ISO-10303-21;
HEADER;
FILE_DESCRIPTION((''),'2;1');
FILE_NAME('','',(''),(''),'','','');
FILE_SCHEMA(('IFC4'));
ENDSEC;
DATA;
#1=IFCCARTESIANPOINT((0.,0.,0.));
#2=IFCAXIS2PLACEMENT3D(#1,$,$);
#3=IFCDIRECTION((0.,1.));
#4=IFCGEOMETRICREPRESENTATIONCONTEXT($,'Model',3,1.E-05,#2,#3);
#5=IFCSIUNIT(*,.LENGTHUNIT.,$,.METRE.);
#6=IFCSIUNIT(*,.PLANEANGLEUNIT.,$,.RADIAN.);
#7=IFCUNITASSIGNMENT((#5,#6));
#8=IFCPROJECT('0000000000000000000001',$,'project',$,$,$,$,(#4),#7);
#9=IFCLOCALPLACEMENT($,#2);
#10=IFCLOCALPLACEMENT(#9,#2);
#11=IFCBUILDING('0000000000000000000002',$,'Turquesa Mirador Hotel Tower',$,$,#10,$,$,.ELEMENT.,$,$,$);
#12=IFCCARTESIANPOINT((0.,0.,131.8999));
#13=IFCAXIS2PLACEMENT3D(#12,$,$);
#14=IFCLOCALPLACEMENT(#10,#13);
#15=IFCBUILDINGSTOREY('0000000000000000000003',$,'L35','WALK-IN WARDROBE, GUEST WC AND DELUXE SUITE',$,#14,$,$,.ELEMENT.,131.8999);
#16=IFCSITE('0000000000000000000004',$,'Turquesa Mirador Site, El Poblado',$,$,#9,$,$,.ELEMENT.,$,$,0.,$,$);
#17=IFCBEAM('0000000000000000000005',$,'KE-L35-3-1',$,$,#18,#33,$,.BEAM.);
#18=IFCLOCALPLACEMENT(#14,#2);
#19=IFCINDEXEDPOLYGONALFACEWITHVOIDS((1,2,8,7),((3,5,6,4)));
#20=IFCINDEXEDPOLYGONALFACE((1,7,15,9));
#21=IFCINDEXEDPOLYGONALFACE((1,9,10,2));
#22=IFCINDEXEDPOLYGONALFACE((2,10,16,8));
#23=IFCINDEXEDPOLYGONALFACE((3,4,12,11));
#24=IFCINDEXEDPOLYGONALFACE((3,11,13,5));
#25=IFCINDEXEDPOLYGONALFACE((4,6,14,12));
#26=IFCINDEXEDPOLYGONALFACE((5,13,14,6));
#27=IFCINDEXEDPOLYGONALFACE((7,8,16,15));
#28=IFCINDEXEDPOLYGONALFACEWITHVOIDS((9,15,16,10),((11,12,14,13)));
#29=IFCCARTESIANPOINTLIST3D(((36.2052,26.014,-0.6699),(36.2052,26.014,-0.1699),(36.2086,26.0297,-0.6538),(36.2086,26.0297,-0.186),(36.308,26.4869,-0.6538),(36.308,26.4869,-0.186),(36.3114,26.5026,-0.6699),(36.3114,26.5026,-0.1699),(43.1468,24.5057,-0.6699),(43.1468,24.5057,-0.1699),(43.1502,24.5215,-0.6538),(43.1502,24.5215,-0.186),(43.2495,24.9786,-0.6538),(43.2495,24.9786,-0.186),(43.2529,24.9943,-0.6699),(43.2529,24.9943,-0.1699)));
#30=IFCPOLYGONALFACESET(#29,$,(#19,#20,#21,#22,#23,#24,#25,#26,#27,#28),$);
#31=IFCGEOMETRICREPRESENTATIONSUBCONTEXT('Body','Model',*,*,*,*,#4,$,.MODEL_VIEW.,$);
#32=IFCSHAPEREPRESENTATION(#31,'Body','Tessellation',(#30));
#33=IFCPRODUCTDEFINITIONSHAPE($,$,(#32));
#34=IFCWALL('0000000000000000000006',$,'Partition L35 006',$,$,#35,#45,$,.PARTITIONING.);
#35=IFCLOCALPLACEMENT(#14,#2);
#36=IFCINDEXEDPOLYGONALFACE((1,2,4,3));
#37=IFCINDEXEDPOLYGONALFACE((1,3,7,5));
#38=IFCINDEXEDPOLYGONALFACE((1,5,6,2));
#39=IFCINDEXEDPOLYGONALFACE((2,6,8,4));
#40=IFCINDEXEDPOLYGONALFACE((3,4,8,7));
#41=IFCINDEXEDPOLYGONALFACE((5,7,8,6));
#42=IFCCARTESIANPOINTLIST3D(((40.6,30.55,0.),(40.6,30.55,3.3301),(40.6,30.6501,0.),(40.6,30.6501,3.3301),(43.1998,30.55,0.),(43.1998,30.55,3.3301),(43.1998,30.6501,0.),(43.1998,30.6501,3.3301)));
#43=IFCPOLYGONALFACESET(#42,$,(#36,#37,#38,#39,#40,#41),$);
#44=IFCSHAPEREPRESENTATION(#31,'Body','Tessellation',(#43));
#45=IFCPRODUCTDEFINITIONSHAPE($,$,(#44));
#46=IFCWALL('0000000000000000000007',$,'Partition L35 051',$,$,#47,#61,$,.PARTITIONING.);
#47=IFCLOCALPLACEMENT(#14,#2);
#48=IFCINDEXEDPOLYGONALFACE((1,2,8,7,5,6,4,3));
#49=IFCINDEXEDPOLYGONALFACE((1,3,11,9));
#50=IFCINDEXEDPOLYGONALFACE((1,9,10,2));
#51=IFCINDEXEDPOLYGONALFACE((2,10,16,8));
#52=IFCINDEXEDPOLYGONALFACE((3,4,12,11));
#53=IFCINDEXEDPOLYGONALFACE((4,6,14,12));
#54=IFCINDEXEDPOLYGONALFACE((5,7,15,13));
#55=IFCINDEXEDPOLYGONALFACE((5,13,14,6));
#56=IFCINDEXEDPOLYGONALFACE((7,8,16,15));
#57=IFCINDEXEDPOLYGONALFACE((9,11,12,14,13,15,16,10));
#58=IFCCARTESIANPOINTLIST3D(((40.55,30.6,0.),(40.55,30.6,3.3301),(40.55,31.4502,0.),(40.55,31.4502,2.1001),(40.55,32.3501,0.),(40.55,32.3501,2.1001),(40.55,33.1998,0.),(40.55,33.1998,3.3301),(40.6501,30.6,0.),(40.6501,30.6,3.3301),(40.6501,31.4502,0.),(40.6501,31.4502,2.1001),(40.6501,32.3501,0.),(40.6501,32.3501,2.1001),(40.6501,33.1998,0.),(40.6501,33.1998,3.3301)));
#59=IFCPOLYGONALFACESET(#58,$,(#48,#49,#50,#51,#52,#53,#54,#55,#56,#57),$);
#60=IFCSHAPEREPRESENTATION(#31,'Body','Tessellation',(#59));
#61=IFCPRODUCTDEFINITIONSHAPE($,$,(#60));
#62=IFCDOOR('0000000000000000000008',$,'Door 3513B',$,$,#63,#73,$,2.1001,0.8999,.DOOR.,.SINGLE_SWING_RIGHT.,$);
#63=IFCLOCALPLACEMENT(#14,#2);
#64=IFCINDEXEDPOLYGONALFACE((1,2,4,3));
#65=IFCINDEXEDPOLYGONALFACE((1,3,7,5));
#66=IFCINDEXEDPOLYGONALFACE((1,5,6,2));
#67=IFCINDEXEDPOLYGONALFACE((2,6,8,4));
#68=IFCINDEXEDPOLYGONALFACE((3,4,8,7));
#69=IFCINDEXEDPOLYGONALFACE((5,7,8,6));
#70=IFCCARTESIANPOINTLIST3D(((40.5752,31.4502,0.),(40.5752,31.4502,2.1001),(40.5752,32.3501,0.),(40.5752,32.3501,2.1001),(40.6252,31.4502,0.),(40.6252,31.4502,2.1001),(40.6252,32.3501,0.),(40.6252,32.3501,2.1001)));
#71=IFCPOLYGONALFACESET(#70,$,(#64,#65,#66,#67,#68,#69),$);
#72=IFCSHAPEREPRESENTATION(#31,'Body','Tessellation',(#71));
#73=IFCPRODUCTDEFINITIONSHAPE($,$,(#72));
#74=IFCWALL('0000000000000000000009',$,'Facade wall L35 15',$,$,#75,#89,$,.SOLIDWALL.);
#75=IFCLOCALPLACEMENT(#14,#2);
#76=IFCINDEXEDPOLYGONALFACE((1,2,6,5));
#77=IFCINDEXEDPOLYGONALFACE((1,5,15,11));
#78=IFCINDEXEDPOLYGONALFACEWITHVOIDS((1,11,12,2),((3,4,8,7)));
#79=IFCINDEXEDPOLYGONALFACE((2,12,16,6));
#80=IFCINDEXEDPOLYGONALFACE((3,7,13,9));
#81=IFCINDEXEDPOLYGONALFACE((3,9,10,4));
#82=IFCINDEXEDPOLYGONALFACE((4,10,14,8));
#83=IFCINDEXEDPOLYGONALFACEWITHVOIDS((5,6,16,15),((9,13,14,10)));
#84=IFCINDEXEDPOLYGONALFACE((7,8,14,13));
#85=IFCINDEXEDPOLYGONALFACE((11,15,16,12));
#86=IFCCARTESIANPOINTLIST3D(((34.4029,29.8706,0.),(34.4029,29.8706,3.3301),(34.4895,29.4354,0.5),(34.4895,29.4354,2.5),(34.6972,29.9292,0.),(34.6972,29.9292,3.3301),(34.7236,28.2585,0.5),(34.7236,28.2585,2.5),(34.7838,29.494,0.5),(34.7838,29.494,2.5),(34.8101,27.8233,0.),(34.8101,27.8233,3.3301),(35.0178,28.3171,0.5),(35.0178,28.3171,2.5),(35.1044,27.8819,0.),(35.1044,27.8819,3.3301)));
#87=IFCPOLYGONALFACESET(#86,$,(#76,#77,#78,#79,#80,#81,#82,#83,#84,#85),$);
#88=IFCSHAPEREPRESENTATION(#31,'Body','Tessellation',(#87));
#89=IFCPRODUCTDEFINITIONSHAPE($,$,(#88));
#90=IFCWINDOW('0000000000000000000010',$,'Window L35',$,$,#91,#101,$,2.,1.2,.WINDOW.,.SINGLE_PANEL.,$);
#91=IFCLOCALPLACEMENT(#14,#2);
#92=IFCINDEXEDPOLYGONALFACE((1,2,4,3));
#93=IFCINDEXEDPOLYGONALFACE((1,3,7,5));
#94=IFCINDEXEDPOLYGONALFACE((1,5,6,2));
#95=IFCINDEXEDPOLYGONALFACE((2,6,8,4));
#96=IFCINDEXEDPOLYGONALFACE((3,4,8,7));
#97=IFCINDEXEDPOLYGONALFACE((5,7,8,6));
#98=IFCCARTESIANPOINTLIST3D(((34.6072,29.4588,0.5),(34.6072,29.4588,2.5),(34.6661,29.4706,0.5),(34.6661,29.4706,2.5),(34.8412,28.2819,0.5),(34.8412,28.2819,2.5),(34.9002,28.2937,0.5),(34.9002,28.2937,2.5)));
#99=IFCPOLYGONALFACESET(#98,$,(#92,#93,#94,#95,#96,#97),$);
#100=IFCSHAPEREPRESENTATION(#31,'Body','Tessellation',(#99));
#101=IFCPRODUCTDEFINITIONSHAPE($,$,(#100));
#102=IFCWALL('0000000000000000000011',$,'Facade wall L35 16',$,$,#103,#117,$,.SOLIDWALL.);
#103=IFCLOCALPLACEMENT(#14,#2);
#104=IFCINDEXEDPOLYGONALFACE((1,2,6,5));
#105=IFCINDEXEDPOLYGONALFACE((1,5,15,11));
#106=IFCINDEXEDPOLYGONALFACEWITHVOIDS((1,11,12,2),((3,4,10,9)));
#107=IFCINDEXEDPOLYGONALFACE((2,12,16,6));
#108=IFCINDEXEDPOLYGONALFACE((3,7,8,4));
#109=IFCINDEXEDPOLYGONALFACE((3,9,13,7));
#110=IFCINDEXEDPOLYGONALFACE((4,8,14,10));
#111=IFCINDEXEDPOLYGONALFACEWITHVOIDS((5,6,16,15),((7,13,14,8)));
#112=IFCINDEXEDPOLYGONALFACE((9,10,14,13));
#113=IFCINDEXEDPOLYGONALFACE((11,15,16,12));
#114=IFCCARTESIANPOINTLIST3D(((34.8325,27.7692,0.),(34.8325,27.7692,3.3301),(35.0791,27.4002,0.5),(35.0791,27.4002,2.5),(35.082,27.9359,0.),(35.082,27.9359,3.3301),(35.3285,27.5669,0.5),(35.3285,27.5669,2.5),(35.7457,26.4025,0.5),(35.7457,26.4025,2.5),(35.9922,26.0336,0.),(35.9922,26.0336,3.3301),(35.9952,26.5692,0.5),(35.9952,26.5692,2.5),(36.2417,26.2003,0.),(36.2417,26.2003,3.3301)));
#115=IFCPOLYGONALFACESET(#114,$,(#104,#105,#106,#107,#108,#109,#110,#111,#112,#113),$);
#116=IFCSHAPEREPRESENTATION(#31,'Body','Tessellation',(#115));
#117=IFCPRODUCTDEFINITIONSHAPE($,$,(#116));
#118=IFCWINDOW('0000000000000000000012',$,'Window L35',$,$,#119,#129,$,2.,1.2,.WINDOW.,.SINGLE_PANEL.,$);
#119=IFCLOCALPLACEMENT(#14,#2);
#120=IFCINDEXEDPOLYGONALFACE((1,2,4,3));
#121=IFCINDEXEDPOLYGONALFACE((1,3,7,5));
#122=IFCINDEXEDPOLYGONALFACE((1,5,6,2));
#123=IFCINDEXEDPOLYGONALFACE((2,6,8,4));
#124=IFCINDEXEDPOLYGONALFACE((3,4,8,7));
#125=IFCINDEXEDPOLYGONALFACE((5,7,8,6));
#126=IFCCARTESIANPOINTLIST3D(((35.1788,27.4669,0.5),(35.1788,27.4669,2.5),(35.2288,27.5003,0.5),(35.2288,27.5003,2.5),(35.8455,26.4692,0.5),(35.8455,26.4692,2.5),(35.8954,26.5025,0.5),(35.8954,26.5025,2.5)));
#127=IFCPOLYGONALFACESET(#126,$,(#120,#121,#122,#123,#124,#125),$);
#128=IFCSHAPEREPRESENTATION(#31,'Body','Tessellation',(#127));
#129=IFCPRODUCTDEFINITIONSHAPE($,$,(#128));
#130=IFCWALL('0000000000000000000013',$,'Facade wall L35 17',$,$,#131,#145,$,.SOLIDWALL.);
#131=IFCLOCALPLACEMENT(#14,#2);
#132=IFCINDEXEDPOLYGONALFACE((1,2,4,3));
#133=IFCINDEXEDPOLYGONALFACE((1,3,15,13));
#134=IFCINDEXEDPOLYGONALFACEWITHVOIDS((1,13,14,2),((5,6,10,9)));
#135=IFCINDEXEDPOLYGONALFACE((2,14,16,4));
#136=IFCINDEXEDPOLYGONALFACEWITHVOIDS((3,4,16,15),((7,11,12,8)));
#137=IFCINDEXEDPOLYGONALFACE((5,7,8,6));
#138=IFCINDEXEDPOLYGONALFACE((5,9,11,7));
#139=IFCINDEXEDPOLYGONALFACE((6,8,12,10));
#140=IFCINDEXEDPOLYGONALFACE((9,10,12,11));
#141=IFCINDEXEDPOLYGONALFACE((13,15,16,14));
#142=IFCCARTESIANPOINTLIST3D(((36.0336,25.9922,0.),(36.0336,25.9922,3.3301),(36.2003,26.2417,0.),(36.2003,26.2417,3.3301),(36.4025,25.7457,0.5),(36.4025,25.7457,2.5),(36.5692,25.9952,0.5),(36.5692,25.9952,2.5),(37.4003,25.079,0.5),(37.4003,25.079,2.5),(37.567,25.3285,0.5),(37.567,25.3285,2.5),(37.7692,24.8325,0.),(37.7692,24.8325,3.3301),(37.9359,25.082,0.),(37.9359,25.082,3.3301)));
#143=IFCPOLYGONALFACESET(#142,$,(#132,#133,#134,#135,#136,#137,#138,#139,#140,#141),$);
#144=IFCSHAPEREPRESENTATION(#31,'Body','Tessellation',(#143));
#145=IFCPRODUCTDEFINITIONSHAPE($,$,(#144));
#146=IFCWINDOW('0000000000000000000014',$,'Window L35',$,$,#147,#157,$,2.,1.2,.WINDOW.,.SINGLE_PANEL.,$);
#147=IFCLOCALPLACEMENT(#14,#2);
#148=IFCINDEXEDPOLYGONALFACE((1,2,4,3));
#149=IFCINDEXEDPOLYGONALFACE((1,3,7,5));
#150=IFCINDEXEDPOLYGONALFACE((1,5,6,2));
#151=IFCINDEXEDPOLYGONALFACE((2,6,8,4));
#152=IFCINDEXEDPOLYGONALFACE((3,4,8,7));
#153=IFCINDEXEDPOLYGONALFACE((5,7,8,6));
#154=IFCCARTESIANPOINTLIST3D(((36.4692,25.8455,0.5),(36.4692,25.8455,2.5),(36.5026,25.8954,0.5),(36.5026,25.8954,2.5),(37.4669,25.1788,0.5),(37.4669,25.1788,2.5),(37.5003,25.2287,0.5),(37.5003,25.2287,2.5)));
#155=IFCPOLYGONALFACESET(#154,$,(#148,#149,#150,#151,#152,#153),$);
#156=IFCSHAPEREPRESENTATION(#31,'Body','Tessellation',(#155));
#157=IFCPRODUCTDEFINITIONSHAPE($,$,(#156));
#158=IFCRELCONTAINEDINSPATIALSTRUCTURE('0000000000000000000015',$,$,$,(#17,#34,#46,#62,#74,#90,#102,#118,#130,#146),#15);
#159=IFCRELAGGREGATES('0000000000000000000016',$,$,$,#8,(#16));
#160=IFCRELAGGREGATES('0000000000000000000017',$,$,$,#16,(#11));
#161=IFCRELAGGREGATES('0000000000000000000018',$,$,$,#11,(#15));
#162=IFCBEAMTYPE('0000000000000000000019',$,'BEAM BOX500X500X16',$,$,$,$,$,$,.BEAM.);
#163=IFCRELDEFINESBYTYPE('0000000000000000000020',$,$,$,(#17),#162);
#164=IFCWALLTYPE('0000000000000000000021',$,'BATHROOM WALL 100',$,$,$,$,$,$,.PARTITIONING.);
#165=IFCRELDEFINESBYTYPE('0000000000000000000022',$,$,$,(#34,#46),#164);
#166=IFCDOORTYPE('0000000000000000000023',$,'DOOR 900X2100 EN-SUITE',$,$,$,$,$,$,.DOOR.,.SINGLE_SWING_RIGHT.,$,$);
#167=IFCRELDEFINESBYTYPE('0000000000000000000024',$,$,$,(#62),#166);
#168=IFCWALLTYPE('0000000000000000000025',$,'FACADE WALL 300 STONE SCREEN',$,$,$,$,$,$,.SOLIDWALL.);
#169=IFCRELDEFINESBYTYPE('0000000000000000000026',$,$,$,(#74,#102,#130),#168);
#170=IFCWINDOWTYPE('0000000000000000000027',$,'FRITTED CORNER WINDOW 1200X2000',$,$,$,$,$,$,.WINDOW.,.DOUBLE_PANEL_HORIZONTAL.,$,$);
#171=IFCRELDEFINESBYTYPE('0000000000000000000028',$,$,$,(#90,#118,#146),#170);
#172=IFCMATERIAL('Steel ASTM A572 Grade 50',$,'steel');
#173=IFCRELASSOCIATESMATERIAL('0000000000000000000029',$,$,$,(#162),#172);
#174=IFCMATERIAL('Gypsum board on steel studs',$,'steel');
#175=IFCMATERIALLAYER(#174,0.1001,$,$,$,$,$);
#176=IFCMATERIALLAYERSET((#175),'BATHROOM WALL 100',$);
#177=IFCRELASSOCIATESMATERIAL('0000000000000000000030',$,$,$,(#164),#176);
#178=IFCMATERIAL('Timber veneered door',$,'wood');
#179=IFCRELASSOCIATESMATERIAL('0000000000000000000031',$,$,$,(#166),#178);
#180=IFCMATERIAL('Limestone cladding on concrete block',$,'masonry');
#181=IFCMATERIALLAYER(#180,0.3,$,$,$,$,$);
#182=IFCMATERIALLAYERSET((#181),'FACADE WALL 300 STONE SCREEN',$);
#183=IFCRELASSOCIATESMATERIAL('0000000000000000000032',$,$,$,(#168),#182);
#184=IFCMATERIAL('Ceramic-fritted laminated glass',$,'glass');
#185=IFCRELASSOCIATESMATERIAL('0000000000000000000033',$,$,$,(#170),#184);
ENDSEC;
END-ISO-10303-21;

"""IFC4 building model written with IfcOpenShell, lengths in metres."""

from ifc_helpers import new_model, si_unit, direction, frame, frame_2d, origin, origin_2d, place, context, subcontext, project, spatial, rectangle, hollow_rectangle, extrude, material, layer, layer_set, material_profile, profile_set, type_object, element, fill, save


model = new_model("IFC4")

# Units and contexts
model_context = context("Model", 3, precision=1e-05, world=origin(), true_north=direction((0.0, 1.0)))
body_context = subcontext(model_context, "Body", "Model", "MODEL_VIEW")
ifc_project = project(units=[si_unit("LENGTHUNIT", "METRE"), si_unit("PLANEANGLEUNIT", "RADIAN")], contexts=[model_context])

# Site, building, storey
site_placement = place(None, origin())
site = spatial("IfcSite", under=ifc_project, at=site_placement, Name="Turquesa Mirador Site, El Poblado", CompositionType="ELEMENT", RefElevation=0.0)
building_placement = place(site_placement, origin())
building = spatial("IfcBuilding", under=site, at=building_placement, Name="Turquesa Mirador Hotel Tower", CompositionType="ELEMENT")
storey_placement = place(building_placement, frame((0.0, 0.0, 131.8999)))
storey = spatial("IfcBuildingStorey", under=building, at=storey_placement, Name="L35", Description="WALK-IN WARDROBE, GUEST WC AND DELUXE SUITE", CompositionType="ELEMENT", Elevation=131.8999)

# Beam
ifc_material_1 = material(Name="Steel ASTM A572 Grade 50", Category="steel")
ifc_material_profile = material_profile(ifc_material_1, hollow_rectangle(XDim=0.5, YDim=0.5, WallThickness=0.0161, at=origin_2d()), Name="BOX500X500X16")
ifc_profile_set = profile_set([ifc_material_profile], Name="Steel ASTM A572 Grade 50")
beam_type = type_object("IfcBeamType", Name="BEAM BOX500X500X16", PredefinedType="BEAM", material=ifc_profile_set)
beam_placement = place(storey_placement, frame((36.2583, 26.2583, -0.4199), z_axis=(0.977198, -0.212328, 0.0), x_axis=(0.212328, 0.977198, 0.0)))
element("IfcBeam", 1, at=beam_placement, inside=storey, type_object=beam_type, Name="KE-L35-3-1", PredefinedType="BEAM", context=body_context, shape_type="SweptSolid", body=[
    extrude(hollow_rectangle(XDim=0.5, YDim=0.5, WallThickness=0.0161, at=origin_2d()), origin(), (0.0, 0.0, 1.0), 7.1035),
])

# Wall
ifc_material_2 = material(Name="Gypsum board on steel studs", Category="steel")
ifc_layer_1 = layer(ifc_material_2, 0.1001)
ifc_layer_set_1 = layer_set([ifc_layer_1], Name="BATHROOM WALL 100")
wall_type_1 = type_object("IfcWallType", Name="BATHROOM WALL 100", PredefinedType="PARTITIONING", material=ifc_layer_set_1)
wall_1_placement = place(storey_placement, frame((40.6001, 30.6001, 0.0), z_axis=(0.0, 0.0, 1.0), x_axis=(1.0, 0.0, 0.0)))
element("IfcWall", 2, at=wall_1_placement, inside=storey, type_object=wall_type_1, Name="Partition L35 006", PredefinedType="PARTITIONING", context=body_context, shape_type="SweptSolid", body=[
    extrude(rectangle(XDim=2.5999, YDim=0.1001, at=frame_2d((1.2998, 0.0))), origin(), (0.0, 0.0, 1.0), 3.3301),
])

# Wall, opening, door
wall_2_placement = place(storey_placement, frame((40.6001, 30.6001, 0.0), z_axis=(0.0, 0.0, 1.0), x_axis=(0.0, 1.0, 0.0)))
wall_2 = element("IfcWall", 3, at=wall_2_placement, inside=storey, type_object=wall_type_1, Name="Partition L35 051", PredefinedType="PARTITIONING", context=body_context, shape_type="SweptSolid", body=[
    extrude(rectangle(XDim=2.5999, YDim=0.1001, at=frame_2d((1.2998, 0.0))), origin(), (0.0, 0.0, 1.0), 3.3301),
])
opening_1_placement = place(wall_2_placement, frame((0.8501, 0.0, 0.0)))
opening_1 = element("IfcOpeningElement", 4, at=opening_1_placement, cuts=wall_2, PredefinedType="OPENING", context=body_context, shape_type="SweptSolid", body=[
    extrude(rectangle(XDim=0.8999, YDim=2.1001, at=frame_2d((0.45, 1.05))), frame((0.0, 0.0601, 0.0), z_axis=(0.0, -1.0, 0.0), x_axis=(1.0, 0.0, 0.0)), (0.0, 0.0, 1.0), 0.1201),
])
ifc_material_3 = material(Name="Timber veneered door", Category="wood")
door_type_1 = type_object("IfcDoorType", Name="DOOR 900X2100 EN-SUITE", OperationType="SINGLE_SWING_RIGHT", PredefinedType="DOOR", material=ifc_material_3)
door_1_placement = place(opening_1_placement, origin())
door_1 = element("IfcDoor", 5, at=door_1_placement, inside=storey, type_object=door_type_1, Name="Door 3513B", OperationType="SINGLE_SWING_RIGHT", OverallHeight=2.1001, OverallWidth=0.8999, PredefinedType="DOOR", context=body_context, shape_type="SweptSolid", body=[
    extrude(rectangle(XDim=0.8999, YDim=2.1001, at=frame_2d((0.45, 1.05))), frame((0.0, 0.0249, 0.0), z_axis=(0.0, -1.0, 0.0), x_axis=(1.0, 0.0, 0.0)), (0.0, 0.0, 1.0), 0.05),
])
fill(opening_1, door_1)

# Walls, openings, windows
ifc_material_4 = material(Name="Limestone cladding on concrete block", Category="masonry")
ifc_layer_2 = layer(ifc_material_4, 0.3)
ifc_layer_set_2 = layer_set([ifc_layer_2], Name="FACADE WALL 300 STONE SCREEN")
wall_type_2 = type_object("IfcWallType", Name="FACADE WALL 300 STONE SCREEN", PredefinedType="SOLIDWALL", material=ifc_layer_set_2)
wall_3_placement = place(storey_placement, frame((34.55, 29.8999, 0.0), z_axis=(0.0, 0.0, 1.0), x_axis=(0.195081, -0.980787, 0.0)))
wall_3 = element("IfcWall", 6, at=wall_3_placement, inside=storey, type_object=wall_type_2, Name="Facade wall L35 15", PredefinedType="SOLIDWALL", context=body_context, shape_type="SweptSolid", body=[
    extrude(rectangle(XDim=2.0874, YDim=0.3, at=frame_2d((1.0437, 0.0))), origin(), (0.0, 0.0, 1.0), 3.3301),
])
opening_2_placement = place(wall_3_placement, frame((0.4436, 0.0, 0.5)))
opening_2 = element("IfcOpeningElement", 7, at=opening_2_placement, cuts=wall_3, PredefinedType="OPENING", context=body_context, shape_type="SweptSolid", body=[
    extrude(rectangle(XDim=1.2, YDim=2.0, at=frame_2d((0.6001, 1.0))), frame((0.0, 0.1599, 0.0), z_axis=(0.0, -1.0, 0.0), x_axis=(1.0, 0.0, 0.0)), (0.0, 0.0, 1.0), 0.3201),
])
ifc_material_5 = material(Name="Ceramic-fritted laminated glass", Category="glass")
window_type_1 = type_object("IfcWindowType", Name="FRITTED CORNER WINDOW 1200X2000", PartitioningType="DOUBLE_PANEL_HORIZONTAL", PredefinedType="WINDOW", material=ifc_material_5)
window_1_placement = place(opening_2_placement, origin())
window_1 = element("IfcWindow", 8, at=window_1_placement, inside=storey, type_object=window_type_1, Name="Window L35", OverallHeight=2.0, OverallWidth=1.2, PartitioningType="SINGLE_PANEL", PredefinedType="WINDOW", context=body_context, shape_type="SweptSolid", body=[
    extrude(rectangle(XDim=1.2, YDim=2.0, at=frame_2d((0.6001, 1.0))), frame((0.0, 0.03, 0.0), z_axis=(0.0, -1.0, 0.0), x_axis=(1.0, 0.0, 0.0)), (0.0, 0.0, 1.0), 0.0601),
])
fill(opening_2, window_1)
wall_4_placement = place(storey_placement, frame((34.9573, 27.8525, 0.0), z_axis=(0.0, 0.0, 1.0), x_axis=(0.555564, -0.831474, 0.0)))
wall_4 = element("IfcWall", 9, at=wall_4_placement, inside=storey, type_object=wall_type_2, Name="Facade wall L35 16", PredefinedType="SOLIDWALL", context=body_context, shape_type="SweptSolid", body=[
    extrude(rectangle(XDim=2.0874, YDim=0.3, at=frame_2d((1.0437, 0.0))), origin(), (0.0, 0.0, 1.0), 3.3301),
])
opening_3_placement = place(wall_4_placement, frame((0.4436, 0.0, 0.5)))
opening_3 = element("IfcOpeningElement", 10, at=opening_3_placement, cuts=wall_4, PredefinedType="OPENING", context=body_context, shape_type="SweptSolid", body=[
    extrude(rectangle(XDim=1.2, YDim=2.0, at=frame_2d((0.6001, 1.0))), frame((0.0, 0.1599, 0.0), z_axis=(0.0, -1.0, 0.0), x_axis=(1.0, 0.0, 0.0)), (0.0, 0.0, 1.0), 0.3201),
])
window_2_placement = place(opening_3_placement, origin())
window_2 = element("IfcWindow", 11, at=window_2_placement, inside=storey, type_object=window_type_1, Name="Window L35", OverallHeight=2.0, OverallWidth=1.2, PartitioningType="SINGLE_PANEL", PredefinedType="WINDOW", context=body_context, shape_type="SweptSolid", body=[
    extrude(rectangle(XDim=1.2, YDim=2.0, at=frame_2d((0.6001, 1.0))), frame((0.0, 0.03, 0.0), z_axis=(0.0, -1.0, 0.0), x_axis=(1.0, 0.0, 0.0)), (0.0, 0.0, 1.0), 0.0601),
])
fill(opening_3, window_2)
wall_5_placement = place(storey_placement, frame((36.1169, 26.1169, 0.0), z_axis=(0.0, 0.0, 1.0), x_axis=(0.831474, -0.555564, 0.0)))
wall_5 = element("IfcWall", 12, at=wall_5_placement, inside=storey, type_object=wall_type_2, Name="Facade wall L35 17", PredefinedType="SOLIDWALL", context=body_context, shape_type="SweptSolid", body=[
    extrude(rectangle(XDim=2.0874, YDim=0.3, at=frame_2d((1.0437, 0.0))), origin(), (0.0, 0.0, 1.0), 3.3301),
])
opening_4_placement = place(wall_5_placement, frame((0.4436, 0.0, 0.5)))
opening_4 = element("IfcOpeningElement", 13, at=opening_4_placement, cuts=wall_5, PredefinedType="OPENING", context=body_context, shape_type="SweptSolid", body=[
    extrude(rectangle(XDim=1.2, YDim=2.0, at=frame_2d((0.6001, 1.0))), frame((0.0, 0.1599, 0.0), z_axis=(0.0, -1.0, 0.0), x_axis=(1.0, 0.0, 0.0)), (0.0, 0.0, 1.0), 0.3201),
])
window_3_placement = place(opening_4_placement, origin())
window_3 = element("IfcWindow", 14, at=window_3_placement, inside=storey, type_object=window_type_1, Name="Window L35", OverallHeight=2.0, OverallWidth=1.2, PartitioningType="SINGLE_PANEL", PredefinedType="WINDOW", context=body_context, shape_type="SweptSolid", body=[
    extrude(rectangle(XDim=1.2, YDim=2.0, at=frame_2d((0.6001, 1.0))), frame((0.0, 0.03, 0.0), z_axis=(0.0, -1.0, 0.0), x_axis=(1.0, 0.0, 0.0)), (0.0, 0.0, 1.0), 0.0601),
])
fill(opening_4, window_3)

save(model, "model.ifc")
